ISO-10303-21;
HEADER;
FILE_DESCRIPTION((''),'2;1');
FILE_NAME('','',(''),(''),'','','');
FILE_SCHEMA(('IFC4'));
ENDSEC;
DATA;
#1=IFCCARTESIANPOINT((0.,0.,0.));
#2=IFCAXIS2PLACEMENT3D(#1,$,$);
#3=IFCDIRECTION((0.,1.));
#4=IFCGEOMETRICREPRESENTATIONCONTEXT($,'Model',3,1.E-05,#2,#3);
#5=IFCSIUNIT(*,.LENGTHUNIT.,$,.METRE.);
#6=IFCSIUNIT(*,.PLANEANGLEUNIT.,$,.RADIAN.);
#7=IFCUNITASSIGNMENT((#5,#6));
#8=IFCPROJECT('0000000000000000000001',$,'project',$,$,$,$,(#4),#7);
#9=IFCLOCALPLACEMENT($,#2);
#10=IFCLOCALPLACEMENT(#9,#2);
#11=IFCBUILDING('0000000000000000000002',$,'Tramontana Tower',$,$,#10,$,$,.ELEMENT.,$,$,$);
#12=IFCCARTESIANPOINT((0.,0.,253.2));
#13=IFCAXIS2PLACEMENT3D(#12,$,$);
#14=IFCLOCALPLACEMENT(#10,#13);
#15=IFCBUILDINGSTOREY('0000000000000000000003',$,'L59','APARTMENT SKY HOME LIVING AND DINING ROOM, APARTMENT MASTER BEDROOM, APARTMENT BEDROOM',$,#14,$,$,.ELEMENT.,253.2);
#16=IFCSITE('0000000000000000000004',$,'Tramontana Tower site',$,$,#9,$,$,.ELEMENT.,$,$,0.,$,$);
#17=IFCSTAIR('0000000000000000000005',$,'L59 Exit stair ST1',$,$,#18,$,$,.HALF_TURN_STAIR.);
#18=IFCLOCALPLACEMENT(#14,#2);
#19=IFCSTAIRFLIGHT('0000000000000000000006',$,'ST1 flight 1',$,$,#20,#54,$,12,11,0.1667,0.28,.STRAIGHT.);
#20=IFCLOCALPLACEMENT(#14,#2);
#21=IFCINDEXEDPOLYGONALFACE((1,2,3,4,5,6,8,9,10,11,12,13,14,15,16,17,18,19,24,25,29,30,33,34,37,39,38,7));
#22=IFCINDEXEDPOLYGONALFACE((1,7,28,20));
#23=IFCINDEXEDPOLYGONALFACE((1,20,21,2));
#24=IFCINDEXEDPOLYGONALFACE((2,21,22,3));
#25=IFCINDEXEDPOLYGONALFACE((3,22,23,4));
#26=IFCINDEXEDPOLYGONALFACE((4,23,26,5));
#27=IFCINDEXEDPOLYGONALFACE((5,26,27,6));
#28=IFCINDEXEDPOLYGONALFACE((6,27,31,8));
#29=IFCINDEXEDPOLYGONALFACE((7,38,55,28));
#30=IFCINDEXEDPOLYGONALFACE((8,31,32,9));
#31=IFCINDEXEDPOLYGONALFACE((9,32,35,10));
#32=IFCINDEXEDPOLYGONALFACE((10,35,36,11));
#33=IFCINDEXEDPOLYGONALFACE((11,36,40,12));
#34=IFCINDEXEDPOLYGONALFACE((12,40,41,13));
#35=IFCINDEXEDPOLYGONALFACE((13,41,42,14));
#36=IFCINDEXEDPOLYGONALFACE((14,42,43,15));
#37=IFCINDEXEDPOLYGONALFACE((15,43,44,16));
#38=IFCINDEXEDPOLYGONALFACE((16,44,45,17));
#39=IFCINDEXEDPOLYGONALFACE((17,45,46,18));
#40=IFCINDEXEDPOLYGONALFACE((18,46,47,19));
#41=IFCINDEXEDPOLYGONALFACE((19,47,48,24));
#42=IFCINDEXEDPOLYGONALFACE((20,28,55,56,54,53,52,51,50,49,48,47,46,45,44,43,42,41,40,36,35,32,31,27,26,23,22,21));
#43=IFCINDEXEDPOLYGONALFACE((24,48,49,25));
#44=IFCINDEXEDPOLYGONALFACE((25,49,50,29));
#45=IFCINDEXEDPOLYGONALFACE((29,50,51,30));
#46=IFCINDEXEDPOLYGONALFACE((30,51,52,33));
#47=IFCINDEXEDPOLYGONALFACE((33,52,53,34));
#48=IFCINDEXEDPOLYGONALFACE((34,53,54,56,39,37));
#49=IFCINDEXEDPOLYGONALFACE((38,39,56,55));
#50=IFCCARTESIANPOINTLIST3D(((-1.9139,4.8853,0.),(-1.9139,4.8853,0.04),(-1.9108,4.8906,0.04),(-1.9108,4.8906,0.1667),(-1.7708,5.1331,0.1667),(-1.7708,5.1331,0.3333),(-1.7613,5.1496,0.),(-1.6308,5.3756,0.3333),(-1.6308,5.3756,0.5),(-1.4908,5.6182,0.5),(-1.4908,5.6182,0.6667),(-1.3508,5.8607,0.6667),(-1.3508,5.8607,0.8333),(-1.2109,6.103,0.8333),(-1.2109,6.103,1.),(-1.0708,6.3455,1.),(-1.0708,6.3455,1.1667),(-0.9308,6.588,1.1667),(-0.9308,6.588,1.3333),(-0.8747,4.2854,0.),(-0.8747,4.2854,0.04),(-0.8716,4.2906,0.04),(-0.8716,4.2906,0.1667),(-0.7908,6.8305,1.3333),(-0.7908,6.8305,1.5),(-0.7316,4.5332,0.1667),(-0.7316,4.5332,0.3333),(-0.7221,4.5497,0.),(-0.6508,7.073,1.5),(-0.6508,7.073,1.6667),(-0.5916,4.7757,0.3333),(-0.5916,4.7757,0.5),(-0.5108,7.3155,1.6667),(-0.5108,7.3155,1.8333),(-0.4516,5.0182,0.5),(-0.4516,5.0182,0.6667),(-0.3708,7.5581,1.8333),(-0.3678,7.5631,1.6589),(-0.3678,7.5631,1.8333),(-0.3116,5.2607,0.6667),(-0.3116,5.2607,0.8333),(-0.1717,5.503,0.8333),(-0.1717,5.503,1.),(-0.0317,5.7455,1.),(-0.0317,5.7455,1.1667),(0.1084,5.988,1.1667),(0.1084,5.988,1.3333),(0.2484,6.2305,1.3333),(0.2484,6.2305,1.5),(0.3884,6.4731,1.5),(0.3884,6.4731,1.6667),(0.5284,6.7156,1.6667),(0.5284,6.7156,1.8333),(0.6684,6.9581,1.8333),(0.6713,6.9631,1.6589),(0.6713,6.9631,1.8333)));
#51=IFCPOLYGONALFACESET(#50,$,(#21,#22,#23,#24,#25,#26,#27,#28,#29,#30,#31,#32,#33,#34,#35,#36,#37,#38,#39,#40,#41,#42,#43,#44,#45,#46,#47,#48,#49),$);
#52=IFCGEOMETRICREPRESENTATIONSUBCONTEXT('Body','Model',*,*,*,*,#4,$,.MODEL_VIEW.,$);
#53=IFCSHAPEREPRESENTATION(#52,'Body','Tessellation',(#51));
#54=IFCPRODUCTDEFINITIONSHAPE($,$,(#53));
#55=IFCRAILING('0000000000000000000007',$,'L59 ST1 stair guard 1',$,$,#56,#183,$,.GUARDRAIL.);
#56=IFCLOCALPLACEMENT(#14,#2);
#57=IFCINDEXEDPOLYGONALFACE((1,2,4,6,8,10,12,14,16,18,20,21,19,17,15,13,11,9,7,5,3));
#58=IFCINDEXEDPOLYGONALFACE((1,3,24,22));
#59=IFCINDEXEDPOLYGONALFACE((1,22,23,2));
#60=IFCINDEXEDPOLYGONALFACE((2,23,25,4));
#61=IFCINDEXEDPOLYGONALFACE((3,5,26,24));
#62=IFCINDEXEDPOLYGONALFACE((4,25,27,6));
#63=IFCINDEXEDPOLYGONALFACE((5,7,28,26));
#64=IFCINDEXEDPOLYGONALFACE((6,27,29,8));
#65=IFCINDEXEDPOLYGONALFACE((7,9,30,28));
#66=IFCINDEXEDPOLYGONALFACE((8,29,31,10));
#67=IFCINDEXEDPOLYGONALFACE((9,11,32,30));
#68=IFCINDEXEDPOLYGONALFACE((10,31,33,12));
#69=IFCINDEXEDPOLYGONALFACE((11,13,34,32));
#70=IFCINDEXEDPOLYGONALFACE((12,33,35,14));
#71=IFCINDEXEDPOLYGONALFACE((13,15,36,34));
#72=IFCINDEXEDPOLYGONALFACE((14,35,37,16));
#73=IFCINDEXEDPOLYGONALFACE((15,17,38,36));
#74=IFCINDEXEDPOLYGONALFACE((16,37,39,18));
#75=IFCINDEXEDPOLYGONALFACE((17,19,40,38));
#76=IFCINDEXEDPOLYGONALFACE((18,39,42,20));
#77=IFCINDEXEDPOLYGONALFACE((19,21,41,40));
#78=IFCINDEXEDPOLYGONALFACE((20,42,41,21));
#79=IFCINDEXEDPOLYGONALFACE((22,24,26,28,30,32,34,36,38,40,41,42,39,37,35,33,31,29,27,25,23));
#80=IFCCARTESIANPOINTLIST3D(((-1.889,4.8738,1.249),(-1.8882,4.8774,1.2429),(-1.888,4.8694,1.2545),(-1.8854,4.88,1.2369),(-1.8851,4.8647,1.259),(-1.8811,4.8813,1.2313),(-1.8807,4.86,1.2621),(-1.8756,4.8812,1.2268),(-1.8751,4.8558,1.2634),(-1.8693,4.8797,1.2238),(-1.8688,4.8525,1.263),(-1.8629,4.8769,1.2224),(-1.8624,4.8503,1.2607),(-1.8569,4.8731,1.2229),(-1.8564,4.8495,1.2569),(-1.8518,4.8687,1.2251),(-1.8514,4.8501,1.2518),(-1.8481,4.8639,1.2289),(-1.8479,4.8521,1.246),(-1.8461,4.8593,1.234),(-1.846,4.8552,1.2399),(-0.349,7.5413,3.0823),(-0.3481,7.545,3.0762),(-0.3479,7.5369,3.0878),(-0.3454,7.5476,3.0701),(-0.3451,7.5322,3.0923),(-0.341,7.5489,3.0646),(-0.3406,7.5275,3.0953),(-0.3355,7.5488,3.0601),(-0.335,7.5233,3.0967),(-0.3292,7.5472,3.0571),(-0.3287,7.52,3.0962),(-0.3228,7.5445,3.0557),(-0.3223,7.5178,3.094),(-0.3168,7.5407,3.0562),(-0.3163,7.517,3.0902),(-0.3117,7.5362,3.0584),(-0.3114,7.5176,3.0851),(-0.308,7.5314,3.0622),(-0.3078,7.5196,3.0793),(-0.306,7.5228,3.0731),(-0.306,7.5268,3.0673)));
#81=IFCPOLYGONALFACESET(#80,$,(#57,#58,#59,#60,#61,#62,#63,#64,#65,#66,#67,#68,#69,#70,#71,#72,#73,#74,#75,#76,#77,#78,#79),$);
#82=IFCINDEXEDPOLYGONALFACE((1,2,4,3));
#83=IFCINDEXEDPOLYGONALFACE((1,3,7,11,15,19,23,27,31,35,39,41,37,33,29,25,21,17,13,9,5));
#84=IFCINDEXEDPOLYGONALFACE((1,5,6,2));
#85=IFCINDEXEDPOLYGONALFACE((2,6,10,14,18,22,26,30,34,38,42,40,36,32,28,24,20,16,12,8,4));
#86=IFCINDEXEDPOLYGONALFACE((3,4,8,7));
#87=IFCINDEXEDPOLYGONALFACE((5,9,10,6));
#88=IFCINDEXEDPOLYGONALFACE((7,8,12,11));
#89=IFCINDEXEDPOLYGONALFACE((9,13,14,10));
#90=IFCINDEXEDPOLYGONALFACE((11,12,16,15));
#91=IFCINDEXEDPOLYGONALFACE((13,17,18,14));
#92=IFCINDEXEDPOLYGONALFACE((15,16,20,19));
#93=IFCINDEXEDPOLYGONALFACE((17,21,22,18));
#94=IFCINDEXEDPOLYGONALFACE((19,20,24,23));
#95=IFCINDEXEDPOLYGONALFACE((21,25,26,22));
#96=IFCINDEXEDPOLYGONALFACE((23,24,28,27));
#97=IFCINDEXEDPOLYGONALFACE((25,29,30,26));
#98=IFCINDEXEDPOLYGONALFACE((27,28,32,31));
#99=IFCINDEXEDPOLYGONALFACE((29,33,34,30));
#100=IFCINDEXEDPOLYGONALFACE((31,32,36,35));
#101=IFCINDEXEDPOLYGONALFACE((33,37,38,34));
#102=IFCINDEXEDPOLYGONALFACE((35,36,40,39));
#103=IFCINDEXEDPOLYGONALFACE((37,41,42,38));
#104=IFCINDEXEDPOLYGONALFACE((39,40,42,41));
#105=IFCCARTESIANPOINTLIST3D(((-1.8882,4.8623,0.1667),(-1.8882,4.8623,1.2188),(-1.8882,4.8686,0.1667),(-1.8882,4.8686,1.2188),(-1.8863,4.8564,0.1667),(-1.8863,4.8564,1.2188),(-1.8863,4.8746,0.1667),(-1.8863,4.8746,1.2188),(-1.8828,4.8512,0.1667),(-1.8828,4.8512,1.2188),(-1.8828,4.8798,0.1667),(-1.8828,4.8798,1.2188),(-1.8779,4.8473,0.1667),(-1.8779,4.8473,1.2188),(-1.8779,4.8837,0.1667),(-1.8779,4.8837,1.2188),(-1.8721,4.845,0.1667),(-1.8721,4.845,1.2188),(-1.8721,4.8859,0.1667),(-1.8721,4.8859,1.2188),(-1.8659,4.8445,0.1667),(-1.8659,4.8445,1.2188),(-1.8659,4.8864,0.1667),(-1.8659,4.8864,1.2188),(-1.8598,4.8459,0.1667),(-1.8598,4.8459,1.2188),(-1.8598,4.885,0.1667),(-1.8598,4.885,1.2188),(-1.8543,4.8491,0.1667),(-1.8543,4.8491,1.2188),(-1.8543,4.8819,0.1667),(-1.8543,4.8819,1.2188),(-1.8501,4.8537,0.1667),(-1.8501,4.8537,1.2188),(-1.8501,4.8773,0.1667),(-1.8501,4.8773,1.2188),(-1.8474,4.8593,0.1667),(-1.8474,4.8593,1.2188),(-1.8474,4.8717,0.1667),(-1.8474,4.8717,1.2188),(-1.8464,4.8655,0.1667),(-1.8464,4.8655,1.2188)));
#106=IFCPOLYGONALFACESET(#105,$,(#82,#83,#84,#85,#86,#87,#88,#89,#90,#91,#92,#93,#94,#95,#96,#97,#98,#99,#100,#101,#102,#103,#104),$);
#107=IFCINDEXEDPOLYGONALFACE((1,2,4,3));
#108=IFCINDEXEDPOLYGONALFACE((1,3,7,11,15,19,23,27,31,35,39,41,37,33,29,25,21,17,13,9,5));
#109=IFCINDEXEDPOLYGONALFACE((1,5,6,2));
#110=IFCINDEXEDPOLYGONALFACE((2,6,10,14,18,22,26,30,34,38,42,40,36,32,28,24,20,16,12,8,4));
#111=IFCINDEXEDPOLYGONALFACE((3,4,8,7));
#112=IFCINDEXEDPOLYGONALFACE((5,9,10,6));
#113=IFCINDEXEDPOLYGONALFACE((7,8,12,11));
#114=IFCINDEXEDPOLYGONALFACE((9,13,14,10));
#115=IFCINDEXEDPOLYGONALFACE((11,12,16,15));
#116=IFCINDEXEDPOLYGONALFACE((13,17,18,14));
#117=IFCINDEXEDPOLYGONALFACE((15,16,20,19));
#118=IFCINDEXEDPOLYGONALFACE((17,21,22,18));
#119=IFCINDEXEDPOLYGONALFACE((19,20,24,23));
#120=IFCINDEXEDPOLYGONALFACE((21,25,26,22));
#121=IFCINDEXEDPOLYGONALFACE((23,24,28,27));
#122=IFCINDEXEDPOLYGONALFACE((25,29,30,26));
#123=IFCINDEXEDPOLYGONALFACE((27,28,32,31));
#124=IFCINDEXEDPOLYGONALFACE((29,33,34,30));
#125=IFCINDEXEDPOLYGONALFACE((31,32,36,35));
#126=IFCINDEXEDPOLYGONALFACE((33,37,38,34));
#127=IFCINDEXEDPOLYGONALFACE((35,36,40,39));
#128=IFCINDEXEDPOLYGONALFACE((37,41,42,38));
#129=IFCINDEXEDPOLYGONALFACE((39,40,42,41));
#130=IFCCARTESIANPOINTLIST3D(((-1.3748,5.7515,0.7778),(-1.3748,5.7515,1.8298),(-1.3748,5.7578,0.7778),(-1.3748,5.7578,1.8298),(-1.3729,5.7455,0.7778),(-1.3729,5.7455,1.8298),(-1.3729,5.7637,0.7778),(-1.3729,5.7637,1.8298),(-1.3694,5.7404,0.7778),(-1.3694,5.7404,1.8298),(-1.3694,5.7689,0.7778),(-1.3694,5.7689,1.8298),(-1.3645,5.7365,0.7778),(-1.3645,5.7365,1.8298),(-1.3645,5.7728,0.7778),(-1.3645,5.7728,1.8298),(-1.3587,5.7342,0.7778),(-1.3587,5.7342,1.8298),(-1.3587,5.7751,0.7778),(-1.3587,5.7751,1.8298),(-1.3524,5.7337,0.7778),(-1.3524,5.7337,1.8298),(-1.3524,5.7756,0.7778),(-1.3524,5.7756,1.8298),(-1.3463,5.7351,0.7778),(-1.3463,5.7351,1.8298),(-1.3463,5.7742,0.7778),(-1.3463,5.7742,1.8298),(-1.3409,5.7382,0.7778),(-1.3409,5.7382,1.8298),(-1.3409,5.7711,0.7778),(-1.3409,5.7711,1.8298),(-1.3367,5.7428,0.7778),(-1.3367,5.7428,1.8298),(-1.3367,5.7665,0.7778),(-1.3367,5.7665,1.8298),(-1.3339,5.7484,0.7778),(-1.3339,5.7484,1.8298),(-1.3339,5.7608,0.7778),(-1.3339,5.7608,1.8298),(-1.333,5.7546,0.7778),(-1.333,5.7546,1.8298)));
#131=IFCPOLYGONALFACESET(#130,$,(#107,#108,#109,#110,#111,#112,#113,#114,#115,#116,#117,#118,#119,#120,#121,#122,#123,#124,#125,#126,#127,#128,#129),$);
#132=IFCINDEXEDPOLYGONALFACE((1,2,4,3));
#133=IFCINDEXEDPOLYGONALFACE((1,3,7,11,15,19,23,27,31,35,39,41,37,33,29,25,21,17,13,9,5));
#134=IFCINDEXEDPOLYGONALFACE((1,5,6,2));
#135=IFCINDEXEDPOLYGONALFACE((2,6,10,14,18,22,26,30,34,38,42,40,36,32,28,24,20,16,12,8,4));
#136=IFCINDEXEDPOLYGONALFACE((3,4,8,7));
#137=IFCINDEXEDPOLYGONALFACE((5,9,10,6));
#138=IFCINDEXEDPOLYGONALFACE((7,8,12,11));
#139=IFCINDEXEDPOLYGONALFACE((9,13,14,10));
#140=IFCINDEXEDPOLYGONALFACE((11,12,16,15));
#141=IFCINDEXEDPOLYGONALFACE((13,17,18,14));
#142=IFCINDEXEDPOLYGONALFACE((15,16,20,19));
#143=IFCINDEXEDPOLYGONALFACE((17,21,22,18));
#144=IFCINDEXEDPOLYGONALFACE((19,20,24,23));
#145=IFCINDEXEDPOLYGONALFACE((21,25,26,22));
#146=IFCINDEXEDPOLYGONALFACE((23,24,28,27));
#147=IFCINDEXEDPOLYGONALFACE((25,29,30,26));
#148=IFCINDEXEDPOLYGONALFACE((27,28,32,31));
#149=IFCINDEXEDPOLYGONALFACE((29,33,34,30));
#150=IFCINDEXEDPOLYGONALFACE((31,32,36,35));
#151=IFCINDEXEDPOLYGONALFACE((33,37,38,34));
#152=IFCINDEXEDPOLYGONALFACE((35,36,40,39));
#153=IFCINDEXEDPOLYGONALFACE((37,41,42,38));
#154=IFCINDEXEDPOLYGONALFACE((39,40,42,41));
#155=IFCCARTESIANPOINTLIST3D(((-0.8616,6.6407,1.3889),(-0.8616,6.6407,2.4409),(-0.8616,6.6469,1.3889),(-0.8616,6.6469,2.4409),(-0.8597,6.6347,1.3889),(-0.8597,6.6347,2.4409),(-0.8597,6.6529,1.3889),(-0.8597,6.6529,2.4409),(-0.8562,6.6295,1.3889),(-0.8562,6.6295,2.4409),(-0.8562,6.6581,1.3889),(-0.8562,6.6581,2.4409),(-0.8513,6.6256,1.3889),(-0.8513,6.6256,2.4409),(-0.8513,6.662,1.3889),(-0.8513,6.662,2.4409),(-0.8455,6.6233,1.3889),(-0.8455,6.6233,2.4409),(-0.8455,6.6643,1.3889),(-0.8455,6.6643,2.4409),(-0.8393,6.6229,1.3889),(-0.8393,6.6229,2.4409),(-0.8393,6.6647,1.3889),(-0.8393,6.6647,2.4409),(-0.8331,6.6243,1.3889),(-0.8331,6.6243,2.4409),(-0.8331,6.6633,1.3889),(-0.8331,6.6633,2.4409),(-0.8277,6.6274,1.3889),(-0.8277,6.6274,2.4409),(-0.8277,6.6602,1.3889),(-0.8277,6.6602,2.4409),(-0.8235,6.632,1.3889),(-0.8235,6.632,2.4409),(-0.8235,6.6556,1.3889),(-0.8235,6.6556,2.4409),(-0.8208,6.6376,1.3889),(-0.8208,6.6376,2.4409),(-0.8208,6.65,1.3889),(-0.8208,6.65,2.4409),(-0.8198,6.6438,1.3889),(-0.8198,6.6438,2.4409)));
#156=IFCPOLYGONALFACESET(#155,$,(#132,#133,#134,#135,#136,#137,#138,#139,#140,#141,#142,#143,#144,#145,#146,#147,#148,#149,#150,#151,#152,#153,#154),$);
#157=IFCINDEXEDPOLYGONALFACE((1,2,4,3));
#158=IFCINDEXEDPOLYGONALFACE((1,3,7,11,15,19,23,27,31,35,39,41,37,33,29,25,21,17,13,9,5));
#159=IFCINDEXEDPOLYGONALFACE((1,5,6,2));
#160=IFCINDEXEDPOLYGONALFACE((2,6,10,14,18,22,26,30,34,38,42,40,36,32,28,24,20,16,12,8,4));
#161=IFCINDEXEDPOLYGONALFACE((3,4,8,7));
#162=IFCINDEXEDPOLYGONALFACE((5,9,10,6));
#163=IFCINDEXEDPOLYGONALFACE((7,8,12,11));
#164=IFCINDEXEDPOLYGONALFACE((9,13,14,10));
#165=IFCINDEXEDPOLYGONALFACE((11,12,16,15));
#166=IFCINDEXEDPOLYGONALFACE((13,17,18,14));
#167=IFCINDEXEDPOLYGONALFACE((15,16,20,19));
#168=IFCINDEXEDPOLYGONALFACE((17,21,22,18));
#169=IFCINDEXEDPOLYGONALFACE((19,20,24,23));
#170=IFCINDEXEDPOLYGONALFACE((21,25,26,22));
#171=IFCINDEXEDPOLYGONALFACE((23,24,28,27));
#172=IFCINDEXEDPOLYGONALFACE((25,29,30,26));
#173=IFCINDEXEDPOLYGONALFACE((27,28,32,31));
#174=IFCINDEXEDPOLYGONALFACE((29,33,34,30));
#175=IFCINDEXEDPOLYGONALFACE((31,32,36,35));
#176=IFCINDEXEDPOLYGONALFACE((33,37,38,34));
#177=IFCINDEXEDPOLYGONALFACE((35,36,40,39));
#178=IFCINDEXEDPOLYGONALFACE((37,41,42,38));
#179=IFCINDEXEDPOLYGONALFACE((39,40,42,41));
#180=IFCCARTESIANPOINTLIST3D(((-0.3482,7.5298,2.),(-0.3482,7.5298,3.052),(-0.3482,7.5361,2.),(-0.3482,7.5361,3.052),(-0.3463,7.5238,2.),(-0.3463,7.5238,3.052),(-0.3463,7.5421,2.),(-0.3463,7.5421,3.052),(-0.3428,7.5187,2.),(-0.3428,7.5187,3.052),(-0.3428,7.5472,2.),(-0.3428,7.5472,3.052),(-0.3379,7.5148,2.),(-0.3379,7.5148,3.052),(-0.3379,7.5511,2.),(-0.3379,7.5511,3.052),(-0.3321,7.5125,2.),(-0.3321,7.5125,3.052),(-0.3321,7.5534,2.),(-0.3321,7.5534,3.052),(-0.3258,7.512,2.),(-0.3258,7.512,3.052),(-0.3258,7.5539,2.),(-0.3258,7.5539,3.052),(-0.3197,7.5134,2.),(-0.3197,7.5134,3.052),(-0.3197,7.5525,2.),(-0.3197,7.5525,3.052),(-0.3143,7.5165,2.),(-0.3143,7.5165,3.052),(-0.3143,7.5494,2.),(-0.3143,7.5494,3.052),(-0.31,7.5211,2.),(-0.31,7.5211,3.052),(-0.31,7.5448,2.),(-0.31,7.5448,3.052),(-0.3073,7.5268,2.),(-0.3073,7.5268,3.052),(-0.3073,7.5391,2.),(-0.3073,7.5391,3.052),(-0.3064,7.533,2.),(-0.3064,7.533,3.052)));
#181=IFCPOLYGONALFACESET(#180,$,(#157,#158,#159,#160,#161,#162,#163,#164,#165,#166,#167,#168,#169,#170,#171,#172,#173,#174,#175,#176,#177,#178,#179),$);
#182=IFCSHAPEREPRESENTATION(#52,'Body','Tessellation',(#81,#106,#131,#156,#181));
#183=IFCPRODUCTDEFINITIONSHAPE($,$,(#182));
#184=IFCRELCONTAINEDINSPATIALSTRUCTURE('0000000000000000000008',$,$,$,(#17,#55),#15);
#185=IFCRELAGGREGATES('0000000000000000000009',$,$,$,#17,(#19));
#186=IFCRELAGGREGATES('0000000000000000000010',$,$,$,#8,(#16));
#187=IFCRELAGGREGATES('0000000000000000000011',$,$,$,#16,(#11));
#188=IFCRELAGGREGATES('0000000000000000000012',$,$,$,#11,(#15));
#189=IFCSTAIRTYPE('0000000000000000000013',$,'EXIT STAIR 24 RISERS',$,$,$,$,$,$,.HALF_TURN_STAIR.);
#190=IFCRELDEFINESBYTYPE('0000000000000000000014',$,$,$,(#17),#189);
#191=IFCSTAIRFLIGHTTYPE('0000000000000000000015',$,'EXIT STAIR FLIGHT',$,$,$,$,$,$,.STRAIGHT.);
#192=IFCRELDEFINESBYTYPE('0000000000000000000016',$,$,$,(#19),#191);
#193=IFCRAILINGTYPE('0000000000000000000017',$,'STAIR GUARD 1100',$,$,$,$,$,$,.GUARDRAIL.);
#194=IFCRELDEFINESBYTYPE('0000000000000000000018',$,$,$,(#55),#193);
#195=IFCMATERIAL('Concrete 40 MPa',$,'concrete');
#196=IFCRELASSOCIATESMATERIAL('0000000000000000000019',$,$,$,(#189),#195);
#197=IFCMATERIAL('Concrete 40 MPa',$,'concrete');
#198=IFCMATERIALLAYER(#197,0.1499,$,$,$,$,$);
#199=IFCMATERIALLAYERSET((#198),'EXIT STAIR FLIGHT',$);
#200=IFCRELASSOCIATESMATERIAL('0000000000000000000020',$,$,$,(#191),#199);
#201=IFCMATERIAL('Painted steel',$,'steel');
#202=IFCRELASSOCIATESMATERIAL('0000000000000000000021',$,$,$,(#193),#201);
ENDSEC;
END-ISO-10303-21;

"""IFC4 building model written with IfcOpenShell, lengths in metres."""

from ifc_helpers import new_model, si_unit, direction, frame, origin, origin_2d, place, context, subcontext, project, spatial, polyline, circle, outline, extrude, material, layer, layer_set, type_object, element, aggregate, save


model = new_model("IFC4")

# Units and contexts
model_context = context("Model", 3, precision=1e-05, world=origin(), true_north=direction((0.0, 1.0)))
body_context = subcontext(model_context, "Body", "Model", "MODEL_VIEW")
ifc_project = project(units=[si_unit("LENGTHUNIT", "METRE"), si_unit("PLANEANGLEUNIT", "RADIAN")], contexts=[model_context])

# Site, building, storey
site_placement = place(None, origin())
site = spatial("IfcSite", under=ifc_project, at=site_placement, Name="Tramontana Tower site", CompositionType="ELEMENT", RefElevation=0.0)
building_placement = place(site_placement, origin())
building = spatial("IfcBuilding", under=site, at=building_placement, Name="Tramontana Tower", CompositionType="ELEMENT")
storey_placement = place(building_placement, frame((0.0, 0.0, 253.2)))
storey = spatial("IfcBuildingStorey", under=building, at=storey_placement, Name="L59", Description="APARTMENT SKY HOME LIVING AND DINING ROOM, APARTMENT MASTER BEDROOM, APARTMENT BEDROOM", CompositionType="ELEMENT", Elevation=253.2)

# Stair, stair flight
ifc_material_1 = material(Name="Concrete 40 MPa", Category="concrete")
stair_type = type_object("IfcStairType", Name="EXIT STAIR 24 RISERS", PredefinedType="HALF_TURN_STAIR", material=ifc_material_1)
stair_placement = place(storey_placement, origin())
stair = element("IfcStair", 1, at=stair_placement, inside=storey, type_object=stair_type, Name="L59 Exit stair ST1", PredefinedType="HALF_TURN_STAIR")
ifc_material_2 = material(Name="Concrete 40 MPa", Category="concrete")
ifc_layer_1 = layer(ifc_material_2, 0.1499)
ifc_layer_set_1 = layer_set([ifc_layer_1], Name="EXIT STAIR FLIGHT")
stair_flight_type = type_object("IfcStairFlightType", Name="EXIT STAIR FLIGHT", PredefinedType="STRAIGHT", material=ifc_layer_set_1)
stair_flight_placement = place(storey_placement, frame((-1.3911, 4.5906, 0.0), z_axis=(0.0, 0.0, 1.0), x_axis=(0.5, 0.866025, 0.0)))
stair_flight = element("IfcStairFlight", 2, at=stair_flight_placement, type_object=stair_flight_type, Name="ST1 flight 1", NumberOfRisers=12, NumberOfTreads=11, PredefinedType="STRAIGHT", RiserHeight=0.1667, TreadLength=0.28, context=body_context, shape_type="SweptSolid", body=[
    extrude(outline(polyline([(-0.0061, 0.0), (-0.0061, 0.04), (0.0, 0.04), (0.0, 0.1667), (0.28, 0.1667), (0.28, 0.3333), (0.5601, 0.3333), (0.5601, 0.5), (0.8401, 0.5), (0.8401, 0.6667), (1.1201, 0.6667), (1.1201, 0.8333), (1.3999, 0.8333), (1.3999, 1.0), (1.6799, 1.0), (1.6799, 1.1667), (1.96, 1.1667), (1.96, 1.3333), (2.24, 1.3333), (2.24, 1.5), (2.52, 1.5), (2.52, 1.6667), (2.8, 1.6667), (2.8, 1.8333), (3.0801, 1.8333), (3.0859, 1.8333), (3.0859, 1.6589), (0.2991, 0.0), (-0.0061, 0.0)])), frame((0.0, 0.6001, 0.0), z_axis=(0.0, -1.0, 0.0), x_axis=(1.0, 0.0, 0.0)), (0.0, 0.0, 1.0), 1.2),
])
aggregate(stair, [stair_flight])

# Railing
ifc_material_3 = material(Name="Painted steel", Category="steel")
railing_type_1 = type_object("IfcRailingType", Name="STAIR GUARD 1100", PredefinedType="GUARDRAIL", material=ifc_material_3)
railing_1_placement = place(storey_placement, frame((-1.8674, 4.8655, 0.1667)))
element("IfcRailing", 3, at=railing_1_placement, inside=storey, type_object=railing_type_1, Name="L59 ST1 stair guard 1", PredefinedType="GUARDRAIL", context=body_context, shape_type="SweptSolid", body=[
    extrude(circle(Radius=0.0239, at=origin_2d()), frame((0.0, 0.0, 1.0762), z_axis=(0.429649, 0.74419, 0.511452), x_axis=(-0.86603, 0.499992, 0.0)), (0.0, 0.0, 1.0), 3.5845),
    extrude(circle(Radius=0.021, at=origin_2d()), origin(), (0.0, 0.0, 1.0), 1.052),
    extrude(circle(Radius=0.021, at=origin_2d()), frame((0.5134, 0.8892, 0.6111)), (0.0, 0.0, 1.0), 1.052),
    extrude(circle(Radius=0.021, at=origin_2d()), frame((1.0266, 1.7783, 1.2222)), (0.0, 0.0, 1.0), 1.052),
    extrude(circle(Radius=0.021, at=origin_2d()), frame((1.54, 2.6675, 1.8333)), (0.0, 0.0, 1.0), 1.052),
])

save(model, "model.ifc")
